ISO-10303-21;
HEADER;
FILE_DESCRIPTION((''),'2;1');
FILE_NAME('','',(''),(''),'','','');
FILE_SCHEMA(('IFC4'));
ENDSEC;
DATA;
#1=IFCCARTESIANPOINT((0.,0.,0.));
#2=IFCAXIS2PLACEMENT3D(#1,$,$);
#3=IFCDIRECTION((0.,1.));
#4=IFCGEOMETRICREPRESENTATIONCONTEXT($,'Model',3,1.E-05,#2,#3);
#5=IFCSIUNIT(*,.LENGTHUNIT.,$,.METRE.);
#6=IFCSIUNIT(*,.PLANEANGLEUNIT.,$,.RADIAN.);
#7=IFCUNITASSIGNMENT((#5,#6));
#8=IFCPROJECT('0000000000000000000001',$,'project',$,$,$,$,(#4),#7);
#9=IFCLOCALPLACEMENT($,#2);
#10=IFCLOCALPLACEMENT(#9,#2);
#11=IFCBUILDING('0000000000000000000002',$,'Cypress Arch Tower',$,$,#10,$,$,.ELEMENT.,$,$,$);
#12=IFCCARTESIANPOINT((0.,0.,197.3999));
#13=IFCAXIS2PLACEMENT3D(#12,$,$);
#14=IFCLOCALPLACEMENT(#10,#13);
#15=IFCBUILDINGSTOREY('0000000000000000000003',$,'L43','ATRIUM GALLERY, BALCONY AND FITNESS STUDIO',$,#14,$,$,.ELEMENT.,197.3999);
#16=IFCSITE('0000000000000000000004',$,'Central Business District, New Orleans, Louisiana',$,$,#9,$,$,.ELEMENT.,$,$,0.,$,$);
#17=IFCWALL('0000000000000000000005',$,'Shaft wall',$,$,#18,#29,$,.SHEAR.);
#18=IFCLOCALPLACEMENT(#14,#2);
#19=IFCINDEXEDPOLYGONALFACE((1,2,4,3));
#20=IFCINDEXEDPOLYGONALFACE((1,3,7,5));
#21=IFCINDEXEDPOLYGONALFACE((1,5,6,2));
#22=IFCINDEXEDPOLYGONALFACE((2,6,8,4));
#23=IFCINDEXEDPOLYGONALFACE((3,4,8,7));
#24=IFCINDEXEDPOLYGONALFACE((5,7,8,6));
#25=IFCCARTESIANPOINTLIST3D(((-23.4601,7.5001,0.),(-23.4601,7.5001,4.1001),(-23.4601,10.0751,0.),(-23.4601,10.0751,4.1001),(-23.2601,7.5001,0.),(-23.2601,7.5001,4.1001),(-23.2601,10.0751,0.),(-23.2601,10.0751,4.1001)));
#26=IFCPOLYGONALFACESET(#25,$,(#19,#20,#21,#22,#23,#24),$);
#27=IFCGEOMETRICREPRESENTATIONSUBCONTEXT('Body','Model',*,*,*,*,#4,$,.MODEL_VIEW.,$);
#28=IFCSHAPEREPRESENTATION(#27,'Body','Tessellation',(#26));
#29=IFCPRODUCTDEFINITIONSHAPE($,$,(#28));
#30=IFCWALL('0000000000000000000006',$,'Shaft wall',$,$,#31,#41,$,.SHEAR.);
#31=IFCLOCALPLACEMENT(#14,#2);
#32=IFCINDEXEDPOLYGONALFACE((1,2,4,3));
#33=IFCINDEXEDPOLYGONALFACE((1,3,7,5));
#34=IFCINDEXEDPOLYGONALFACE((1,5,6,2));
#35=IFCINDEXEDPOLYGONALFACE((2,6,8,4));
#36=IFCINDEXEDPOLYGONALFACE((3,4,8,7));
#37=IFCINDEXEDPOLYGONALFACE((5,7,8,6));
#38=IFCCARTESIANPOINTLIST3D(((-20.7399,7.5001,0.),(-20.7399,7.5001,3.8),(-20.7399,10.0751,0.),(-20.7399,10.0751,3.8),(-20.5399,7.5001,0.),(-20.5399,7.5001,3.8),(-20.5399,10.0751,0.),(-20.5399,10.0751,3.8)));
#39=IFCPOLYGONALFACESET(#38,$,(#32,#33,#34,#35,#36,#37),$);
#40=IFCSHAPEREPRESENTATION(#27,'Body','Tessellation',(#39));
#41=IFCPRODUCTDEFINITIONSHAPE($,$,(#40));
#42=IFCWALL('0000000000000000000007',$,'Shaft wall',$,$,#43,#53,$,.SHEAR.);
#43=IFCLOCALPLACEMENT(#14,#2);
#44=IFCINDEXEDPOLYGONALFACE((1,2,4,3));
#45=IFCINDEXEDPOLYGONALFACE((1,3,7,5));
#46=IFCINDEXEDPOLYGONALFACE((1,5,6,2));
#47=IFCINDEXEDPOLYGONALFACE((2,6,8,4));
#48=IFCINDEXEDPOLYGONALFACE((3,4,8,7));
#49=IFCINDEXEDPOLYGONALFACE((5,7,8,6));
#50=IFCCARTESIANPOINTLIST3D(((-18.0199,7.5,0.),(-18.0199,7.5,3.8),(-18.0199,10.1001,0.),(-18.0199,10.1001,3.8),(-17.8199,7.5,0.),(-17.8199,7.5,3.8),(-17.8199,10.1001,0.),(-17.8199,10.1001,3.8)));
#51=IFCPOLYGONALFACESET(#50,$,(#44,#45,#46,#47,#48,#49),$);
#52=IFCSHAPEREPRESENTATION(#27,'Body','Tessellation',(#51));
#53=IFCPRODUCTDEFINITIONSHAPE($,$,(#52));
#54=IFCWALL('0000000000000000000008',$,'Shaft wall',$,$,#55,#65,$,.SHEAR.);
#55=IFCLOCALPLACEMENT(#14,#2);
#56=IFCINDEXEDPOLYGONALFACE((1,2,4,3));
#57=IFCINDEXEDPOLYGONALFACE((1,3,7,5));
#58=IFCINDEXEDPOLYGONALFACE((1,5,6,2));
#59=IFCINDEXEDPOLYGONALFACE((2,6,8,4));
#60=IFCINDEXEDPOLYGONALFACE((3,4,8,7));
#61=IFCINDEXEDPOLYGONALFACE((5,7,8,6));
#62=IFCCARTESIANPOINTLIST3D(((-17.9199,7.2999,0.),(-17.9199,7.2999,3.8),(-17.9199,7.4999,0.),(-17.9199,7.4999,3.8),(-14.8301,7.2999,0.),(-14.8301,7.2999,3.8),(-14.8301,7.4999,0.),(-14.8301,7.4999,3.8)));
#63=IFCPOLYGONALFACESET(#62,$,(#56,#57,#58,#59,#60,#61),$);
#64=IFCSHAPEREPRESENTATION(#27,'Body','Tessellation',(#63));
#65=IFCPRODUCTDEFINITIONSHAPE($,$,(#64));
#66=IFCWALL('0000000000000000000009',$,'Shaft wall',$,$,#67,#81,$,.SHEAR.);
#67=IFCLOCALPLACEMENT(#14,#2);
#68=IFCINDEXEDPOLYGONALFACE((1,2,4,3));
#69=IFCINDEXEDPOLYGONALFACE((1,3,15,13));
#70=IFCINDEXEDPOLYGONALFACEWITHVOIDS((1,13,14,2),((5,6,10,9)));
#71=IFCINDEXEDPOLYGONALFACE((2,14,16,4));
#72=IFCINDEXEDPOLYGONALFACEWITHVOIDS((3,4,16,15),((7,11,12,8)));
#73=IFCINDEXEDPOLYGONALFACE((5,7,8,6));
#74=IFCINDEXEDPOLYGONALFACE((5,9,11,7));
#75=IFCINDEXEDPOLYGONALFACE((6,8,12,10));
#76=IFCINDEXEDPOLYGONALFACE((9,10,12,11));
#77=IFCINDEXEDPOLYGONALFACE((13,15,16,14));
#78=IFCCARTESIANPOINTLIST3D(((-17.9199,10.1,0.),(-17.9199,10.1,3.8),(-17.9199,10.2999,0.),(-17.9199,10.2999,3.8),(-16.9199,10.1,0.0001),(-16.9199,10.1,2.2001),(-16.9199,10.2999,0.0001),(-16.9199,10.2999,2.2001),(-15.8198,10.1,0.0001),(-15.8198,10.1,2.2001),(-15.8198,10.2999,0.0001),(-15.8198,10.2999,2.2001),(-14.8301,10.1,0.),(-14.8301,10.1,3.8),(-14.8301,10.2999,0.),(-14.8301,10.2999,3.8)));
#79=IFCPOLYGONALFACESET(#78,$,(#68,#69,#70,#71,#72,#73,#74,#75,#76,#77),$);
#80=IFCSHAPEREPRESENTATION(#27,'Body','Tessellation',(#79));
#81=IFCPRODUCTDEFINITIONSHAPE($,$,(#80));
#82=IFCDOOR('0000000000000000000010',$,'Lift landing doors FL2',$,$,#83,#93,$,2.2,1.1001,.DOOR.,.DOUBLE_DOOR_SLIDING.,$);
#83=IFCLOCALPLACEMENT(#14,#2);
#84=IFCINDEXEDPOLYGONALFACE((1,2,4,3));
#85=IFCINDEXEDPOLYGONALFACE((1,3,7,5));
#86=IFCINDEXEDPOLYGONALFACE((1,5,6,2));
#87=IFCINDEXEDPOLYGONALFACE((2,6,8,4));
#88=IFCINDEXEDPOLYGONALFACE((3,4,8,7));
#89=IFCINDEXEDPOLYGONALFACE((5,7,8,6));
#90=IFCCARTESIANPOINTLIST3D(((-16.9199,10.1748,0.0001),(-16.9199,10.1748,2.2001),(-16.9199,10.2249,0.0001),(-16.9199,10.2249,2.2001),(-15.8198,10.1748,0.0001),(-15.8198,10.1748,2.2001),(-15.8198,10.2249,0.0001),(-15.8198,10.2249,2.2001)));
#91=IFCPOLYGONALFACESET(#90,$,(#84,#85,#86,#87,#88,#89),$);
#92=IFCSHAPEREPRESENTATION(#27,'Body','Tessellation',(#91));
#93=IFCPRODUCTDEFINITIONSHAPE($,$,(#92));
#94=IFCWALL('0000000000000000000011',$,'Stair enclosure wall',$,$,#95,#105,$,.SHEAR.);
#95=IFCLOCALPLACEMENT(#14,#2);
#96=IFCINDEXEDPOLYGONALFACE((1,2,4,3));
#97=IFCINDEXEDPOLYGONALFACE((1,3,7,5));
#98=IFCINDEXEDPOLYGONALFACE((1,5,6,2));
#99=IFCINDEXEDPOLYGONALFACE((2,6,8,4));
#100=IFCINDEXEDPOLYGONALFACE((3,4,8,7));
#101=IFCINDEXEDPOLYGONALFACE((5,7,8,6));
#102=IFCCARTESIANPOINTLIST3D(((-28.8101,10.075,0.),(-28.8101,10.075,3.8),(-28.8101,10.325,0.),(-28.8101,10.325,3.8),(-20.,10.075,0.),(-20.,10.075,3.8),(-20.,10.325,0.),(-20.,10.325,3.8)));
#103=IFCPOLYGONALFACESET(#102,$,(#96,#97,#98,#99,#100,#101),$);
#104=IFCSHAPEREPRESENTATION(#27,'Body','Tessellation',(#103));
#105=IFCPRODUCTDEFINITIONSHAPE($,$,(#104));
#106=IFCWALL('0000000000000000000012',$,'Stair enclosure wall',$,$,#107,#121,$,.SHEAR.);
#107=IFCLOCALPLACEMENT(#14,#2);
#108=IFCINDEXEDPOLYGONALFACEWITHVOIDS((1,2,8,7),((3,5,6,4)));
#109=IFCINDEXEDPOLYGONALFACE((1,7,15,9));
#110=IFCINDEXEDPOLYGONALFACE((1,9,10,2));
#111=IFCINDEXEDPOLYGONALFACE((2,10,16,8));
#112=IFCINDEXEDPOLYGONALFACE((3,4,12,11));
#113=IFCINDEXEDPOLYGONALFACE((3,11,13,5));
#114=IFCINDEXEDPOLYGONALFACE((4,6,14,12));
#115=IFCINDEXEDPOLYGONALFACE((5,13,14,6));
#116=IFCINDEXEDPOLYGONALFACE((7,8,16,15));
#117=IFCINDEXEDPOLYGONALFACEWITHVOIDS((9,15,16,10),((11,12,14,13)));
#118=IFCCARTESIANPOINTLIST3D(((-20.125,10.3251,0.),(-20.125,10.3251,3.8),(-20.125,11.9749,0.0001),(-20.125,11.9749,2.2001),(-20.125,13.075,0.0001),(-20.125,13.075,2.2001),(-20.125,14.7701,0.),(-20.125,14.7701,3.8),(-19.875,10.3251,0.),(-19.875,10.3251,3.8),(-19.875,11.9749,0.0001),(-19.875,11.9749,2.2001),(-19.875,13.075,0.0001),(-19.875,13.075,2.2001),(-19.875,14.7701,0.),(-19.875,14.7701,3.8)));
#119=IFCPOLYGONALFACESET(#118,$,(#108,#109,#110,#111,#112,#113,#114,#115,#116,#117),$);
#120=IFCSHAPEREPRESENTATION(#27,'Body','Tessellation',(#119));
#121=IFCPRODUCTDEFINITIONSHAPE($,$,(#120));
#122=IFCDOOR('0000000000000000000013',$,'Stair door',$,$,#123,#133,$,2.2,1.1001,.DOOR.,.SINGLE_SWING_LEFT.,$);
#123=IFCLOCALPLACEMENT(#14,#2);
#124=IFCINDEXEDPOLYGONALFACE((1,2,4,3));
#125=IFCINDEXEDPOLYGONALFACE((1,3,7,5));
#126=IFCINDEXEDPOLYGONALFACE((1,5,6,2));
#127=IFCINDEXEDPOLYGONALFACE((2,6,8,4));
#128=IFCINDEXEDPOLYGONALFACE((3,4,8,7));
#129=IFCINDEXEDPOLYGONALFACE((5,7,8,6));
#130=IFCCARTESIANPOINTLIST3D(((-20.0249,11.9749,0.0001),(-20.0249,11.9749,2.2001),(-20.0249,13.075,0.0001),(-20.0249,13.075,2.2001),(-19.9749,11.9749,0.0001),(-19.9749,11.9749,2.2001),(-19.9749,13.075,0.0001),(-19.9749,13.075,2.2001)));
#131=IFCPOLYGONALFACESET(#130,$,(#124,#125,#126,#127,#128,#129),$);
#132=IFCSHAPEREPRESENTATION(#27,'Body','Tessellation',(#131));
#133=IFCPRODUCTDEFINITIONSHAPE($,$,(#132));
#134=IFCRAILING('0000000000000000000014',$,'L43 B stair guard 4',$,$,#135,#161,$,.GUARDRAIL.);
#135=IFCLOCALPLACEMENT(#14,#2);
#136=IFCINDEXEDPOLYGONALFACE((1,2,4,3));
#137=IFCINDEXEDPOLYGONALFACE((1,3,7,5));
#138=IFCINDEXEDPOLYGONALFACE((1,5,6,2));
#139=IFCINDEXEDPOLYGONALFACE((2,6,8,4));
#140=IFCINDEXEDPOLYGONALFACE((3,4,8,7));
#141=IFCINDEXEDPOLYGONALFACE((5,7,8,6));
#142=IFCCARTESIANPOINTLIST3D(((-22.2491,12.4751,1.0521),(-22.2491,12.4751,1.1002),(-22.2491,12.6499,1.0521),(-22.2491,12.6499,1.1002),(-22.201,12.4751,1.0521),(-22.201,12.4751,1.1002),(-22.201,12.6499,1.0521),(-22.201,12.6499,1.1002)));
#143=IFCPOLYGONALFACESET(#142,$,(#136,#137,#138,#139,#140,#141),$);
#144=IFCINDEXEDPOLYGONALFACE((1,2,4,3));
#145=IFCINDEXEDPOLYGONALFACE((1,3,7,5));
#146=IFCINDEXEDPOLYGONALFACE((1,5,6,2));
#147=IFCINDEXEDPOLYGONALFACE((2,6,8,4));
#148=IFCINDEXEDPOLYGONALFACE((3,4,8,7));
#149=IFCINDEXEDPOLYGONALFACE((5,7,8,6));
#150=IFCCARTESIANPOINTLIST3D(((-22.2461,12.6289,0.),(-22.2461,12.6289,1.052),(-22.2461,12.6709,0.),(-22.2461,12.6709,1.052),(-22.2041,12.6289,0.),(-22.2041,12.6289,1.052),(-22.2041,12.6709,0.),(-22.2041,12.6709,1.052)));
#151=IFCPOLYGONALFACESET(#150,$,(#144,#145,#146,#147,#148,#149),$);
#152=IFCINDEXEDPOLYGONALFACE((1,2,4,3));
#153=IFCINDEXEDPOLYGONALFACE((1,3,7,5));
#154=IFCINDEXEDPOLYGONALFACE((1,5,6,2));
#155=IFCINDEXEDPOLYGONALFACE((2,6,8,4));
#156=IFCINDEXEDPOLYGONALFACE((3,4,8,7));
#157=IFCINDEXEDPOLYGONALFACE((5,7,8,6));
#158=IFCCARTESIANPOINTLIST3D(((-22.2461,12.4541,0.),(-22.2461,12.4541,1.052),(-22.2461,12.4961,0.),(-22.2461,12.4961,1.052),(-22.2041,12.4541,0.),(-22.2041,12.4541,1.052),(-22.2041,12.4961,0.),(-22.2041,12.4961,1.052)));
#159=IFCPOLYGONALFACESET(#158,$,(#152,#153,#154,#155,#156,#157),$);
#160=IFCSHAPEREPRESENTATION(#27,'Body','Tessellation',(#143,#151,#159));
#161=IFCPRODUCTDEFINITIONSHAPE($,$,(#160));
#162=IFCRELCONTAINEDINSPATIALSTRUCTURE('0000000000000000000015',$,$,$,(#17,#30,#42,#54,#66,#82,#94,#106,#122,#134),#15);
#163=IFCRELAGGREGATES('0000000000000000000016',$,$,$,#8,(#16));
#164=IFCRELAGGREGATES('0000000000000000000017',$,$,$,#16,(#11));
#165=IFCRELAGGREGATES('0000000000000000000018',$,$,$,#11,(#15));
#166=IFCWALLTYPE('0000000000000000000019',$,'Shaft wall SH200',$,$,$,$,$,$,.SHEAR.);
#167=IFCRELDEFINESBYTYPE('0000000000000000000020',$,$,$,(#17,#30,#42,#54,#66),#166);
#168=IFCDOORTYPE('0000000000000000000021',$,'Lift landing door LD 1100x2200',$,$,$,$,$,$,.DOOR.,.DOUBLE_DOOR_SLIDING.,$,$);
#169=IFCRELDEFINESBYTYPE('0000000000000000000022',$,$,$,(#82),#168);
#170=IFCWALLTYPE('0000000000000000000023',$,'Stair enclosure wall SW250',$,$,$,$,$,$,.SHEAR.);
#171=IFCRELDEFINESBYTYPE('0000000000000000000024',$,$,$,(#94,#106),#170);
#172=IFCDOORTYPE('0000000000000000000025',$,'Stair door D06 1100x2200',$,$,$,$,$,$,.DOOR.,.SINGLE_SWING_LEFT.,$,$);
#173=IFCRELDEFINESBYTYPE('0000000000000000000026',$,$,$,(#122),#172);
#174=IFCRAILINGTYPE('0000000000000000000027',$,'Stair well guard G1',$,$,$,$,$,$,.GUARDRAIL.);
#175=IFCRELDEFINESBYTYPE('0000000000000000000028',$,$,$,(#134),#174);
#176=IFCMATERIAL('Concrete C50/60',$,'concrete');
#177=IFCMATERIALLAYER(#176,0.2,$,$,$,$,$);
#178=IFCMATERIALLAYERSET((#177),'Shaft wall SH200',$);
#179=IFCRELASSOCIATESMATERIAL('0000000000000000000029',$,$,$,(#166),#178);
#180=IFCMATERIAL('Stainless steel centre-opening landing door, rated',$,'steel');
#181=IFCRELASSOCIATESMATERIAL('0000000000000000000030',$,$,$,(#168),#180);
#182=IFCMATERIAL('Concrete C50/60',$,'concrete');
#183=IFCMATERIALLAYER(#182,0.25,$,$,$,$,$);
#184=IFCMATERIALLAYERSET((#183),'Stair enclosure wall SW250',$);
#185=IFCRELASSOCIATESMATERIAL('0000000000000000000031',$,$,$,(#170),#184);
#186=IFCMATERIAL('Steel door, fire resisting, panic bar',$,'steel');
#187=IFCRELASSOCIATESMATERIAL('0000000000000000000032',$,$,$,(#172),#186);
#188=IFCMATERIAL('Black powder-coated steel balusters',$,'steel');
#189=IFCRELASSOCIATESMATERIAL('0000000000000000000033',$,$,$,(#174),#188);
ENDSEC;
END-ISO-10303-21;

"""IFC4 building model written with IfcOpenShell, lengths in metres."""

from ifc_helpers import new_model, si_unit, direction, frame, frame_2d, origin, origin_2d, place, context, subcontext, project, spatial, rectangle, extrude, material, layer, layer_set, type_object, element, fill, save


model = new_model("IFC4")

# Units and contexts
model_context = context("Model", 3, precision=1e-05, world=origin(), true_north=direction((0.0, 1.0)))
body_context = subcontext(model_context, "Body", "Model", "MODEL_VIEW")
ifc_project = project(units=[si_unit("LENGTHUNIT", "METRE"), si_unit("PLANEANGLEUNIT", "RADIAN")], contexts=[model_context])

# Site, building, storey
site_placement = place(None, origin())
site = spatial("IfcSite", under=ifc_project, at=site_placement, Name="Central Business District, New Orleans, Louisiana", CompositionType="ELEMENT", RefElevation=0.0)
building_placement = place(site_placement, origin())
building = spatial("IfcBuilding", under=site, at=building_placement, Name="Cypress Arch Tower", CompositionType="ELEMENT")
storey_placement = place(building_placement, frame((0.0, 0.0, 197.3999)))
storey = spatial("IfcBuildingStorey", under=building, at=storey_placement, Name="L43", Description="ATRIUM GALLERY, BALCONY AND FITNESS STUDIO", CompositionType="ELEMENT", Elevation=197.3999)

# Shared definitions
ifc_material_1 = material(Name="Concrete C50/60", Category="concrete")
ifc_layer_1 = layer(ifc_material_1, 0.2)
ifc_layer_set_1 = layer_set([ifc_layer_1], Name="Shaft wall SH200")
wall_type_1 = type_object("IfcWallType", Name="Shaft wall SH200", PredefinedType="SHEAR", material=ifc_layer_set_1)
ifc_material_2 = material(Name="Stainless steel centre-opening landing door, rated", Category="steel")
door_type_1 = type_object("IfcDoorType", Name="Lift landing door LD 1100x2200", OperationType="DOUBLE_DOOR_SLIDING", PredefinedType="DOOR", material=ifc_material_2)

# Walls
for number, where, z_axis, x_axis, name in (
    (1, (-23.3601, 7.5, 0.0), (0.0, 0.0, 1.0), (0.0, 1.0, 0.0), "Shaft wall"),
):
    element("IfcWall", number, at=place(storey_placement, frame(where, z_axis=z_axis, x_axis=x_axis)), inside=storey, type_object=wall_type_1, Name=name, PredefinedType="SHEAR", context=body_context, shape_type="SweptSolid", body=[
        extrude(rectangle(XDim=2.575, YDim=0.2, at=frame_2d((1.2876, 0.0))), origin(), (0.0, 0.0, 1.0), 4.1001),
    ])
wall_1_placement = place(storey_placement, frame((-20.6399, 7.5, 0.0), z_axis=(0.0, 0.0, 1.0), x_axis=(0.0, 1.0, 0.0)))
element("IfcWall", 2, at=wall_1_placement, inside=storey, type_object=wall_type_1, Name="Shaft wall", PredefinedType="SHEAR", context=body_context, shape_type="SweptSolid", body=[
    extrude(rectangle(XDim=2.575, YDim=0.2, at=frame_2d((1.2876, 0.0))), origin(), (0.0, 0.0, 1.0), 3.8),
])
wall_2_placement = place(storey_placement, frame((-17.9199, 7.5, 0.0), z_axis=(0.0, 0.0, 1.0), x_axis=(0.0, 1.0, 0.0)))
element("IfcWall", 3, at=wall_2_placement, inside=storey, type_object=wall_type_1, Name="Shaft wall", PredefinedType="SHEAR", context=body_context, shape_type="SweptSolid", body=[
    extrude(rectangle(XDim=2.6001, YDim=0.2, at=frame_2d((1.3, 0.0))), origin(), (0.0, 0.0, 1.0), 3.8),
])
wall_3_placement = place(storey_placement, frame((-17.9199, 7.3999, 0.0), z_axis=(0.0, 0.0, 1.0), x_axis=(1.0, 0.0, 0.0)))
element("IfcWall", 4, at=wall_3_placement, inside=storey, type_object=wall_type_1, Name="Shaft wall", PredefinedType="SHEAR", context=body_context, shape_type="SweptSolid", body=[
    extrude(rectangle(XDim=3.0898, YDim=0.2, at=frame_2d((1.5449, 0.0))), origin(), (0.0, 0.0, 1.0), 3.8),
])

# Wall, opening, door
wall_4_placement = place(storey_placement, frame((-17.9199, 10.2, 0.0), z_axis=(0.0, 0.0, 1.0), x_axis=(1.0, 0.0, 0.0)))
wall_4 = element("IfcWall", 5, at=wall_4_placement, inside=storey, type_object=wall_type_1, Name="Shaft wall", PredefinedType="SHEAR", context=body_context, shape_type="SweptSolid", body=[
    extrude(rectangle(XDim=3.0898, YDim=0.2, at=frame_2d((1.5449, 0.0))), origin(), (0.0, 0.0, 1.0), 3.8),
])
opening_1_placement = place(wall_4_placement, frame((1.0, 0.0, 0.0)))
opening_1 = element("IfcOpeningElement", 6, at=opening_1_placement, cuts=wall_4, PredefinedType="OPENING", context=body_context, shape_type="SweptSolid", body=[
    extrude(rectangle(XDim=1.1001, YDim=2.2, at=frame_2d((0.55, 1.1001))), frame((0.0, 0.1099, 0.0), z_axis=(0.0, -1.0, 0.0), x_axis=(1.0, 0.0, 0.0)), (0.0, 0.0, 1.0), 0.22),
])
door_1_placement = place(opening_1_placement, origin())
door_1 = element("IfcDoor", 7, at=door_1_placement, inside=storey, type_object=door_type_1, Name="Lift landing doors FL2", OperationType="DOUBLE_DOOR_SLIDING", OverallHeight=2.2, OverallWidth=1.1001, PredefinedType="DOOR", context=body_context, shape_type="SweptSolid", body=[
    extrude(rectangle(XDim=1.1001, YDim=2.2, at=frame_2d((0.55, 1.1001))), frame((0.0, 0.0249, 0.0), z_axis=(0.0, -1.0, 0.0), x_axis=(1.0, 0.0, 0.0)), (0.0, 0.0, 1.0), 0.05),
])
fill(opening_1, door_1)

# Wall
ifc_material_3 = material(Name="Concrete C50/60", Category="concrete")
ifc_layer_2 = layer(ifc_material_3, 0.25)
ifc_layer_set_2 = layer_set([ifc_layer_2], Name="Stair enclosure wall SW250")
wall_type_2 = type_object("IfcWallType", Name="Stair enclosure wall SW250", PredefinedType="SHEAR", material=ifc_layer_set_2)
wall_5_placement = place(storey_placement, frame((-28.8101, 10.2, 0.0), z_axis=(0.0, 0.0, 1.0), x_axis=(1.0, 0.0, 0.0)))
element("IfcWall", 8, at=wall_5_placement, inside=storey, type_object=wall_type_2, Name="Stair enclosure wall", PredefinedType="SHEAR", context=body_context, shape_type="SweptSolid", body=[
    extrude(rectangle(XDim=8.8101, YDim=0.25, at=frame_2d((4.405, 0.0))), origin(), (0.0, 0.0, 1.0), 3.8),
])

# Wall, opening, door
wall_6_placement = place(storey_placement, frame((-20.0, 10.325, 0.0), z_axis=(0.0, 0.0, 1.0), x_axis=(0.0, 1.0, 0.0)))
wall_6 = element("IfcWall", 9, at=wall_6_placement, inside=storey, type_object=wall_type_2, Name="Stair enclosure wall", PredefinedType="SHEAR", context=body_context, shape_type="SweptSolid", body=[
    extrude(rectangle(XDim=4.4451, YDim=0.25, at=frame_2d((2.2227, 0.0))), origin(), (0.0, 0.0, 1.0), 3.8),
])
opening_2_placement = place(wall_6_placement, frame((1.6499, 0.0, 0.0)))
opening_2 = element("IfcOpeningElement", 10, at=opening_2_placement, cuts=wall_6, PredefinedType="OPENING", context=body_context, shape_type="SweptSolid", body=[
    extrude(rectangle(XDim=1.1001, YDim=2.2, at=frame_2d((0.55, 1.1001))), frame((0.0, 0.135, 0.0), z_axis=(0.0, -1.0, 0.0), x_axis=(1.0, 0.0, 0.0)), (0.0, 0.0, 1.0), 0.27),
])
ifc_material_4 = material(Name="Steel door, fire resisting, panic bar", Category="steel")
door_type_2 = type_object("IfcDoorType", Name="Stair door D06 1100x2200", OperationType="SINGLE_SWING_LEFT", PredefinedType="DOOR", material=ifc_material_4)
door_2_placement = place(opening_2_placement, origin())
door_2 = element("IfcDoor", 11, at=door_2_placement, inside=storey, type_object=door_type_2, Name="Stair door", OperationType="SINGLE_SWING_LEFT", OverallHeight=2.2, OverallWidth=1.1001, PredefinedType="DOOR", context=body_context, shape_type="SweptSolid", body=[
    extrude(rectangle(XDim=1.1001, YDim=2.2, at=frame_2d((0.55, 1.1001))), frame((0.0, 0.0249, 0.0), z_axis=(0.0, -1.0, 0.0), x_axis=(1.0, 0.0, 0.0)), (0.0, 0.0, 1.0), 0.05),
])
fill(opening_2, door_2)

# Railing
ifc_material_5 = material(Name="Black powder-coated steel balusters", Category="steel")
railing_type = type_object("IfcRailingType", Name="Stair well guard G1", PredefinedType="GUARDRAIL", material=ifc_material_5)
railing_placement = place(storey_placement, frame((-22.2251, 12.6499, 0.0)))
element("IfcRailing", 12, at=railing_placement, inside=storey, type_object=railing_type, Name="L43 B stair guard 4", PredefinedType="GUARDRAIL", context=body_context, shape_type="SweptSolid", body=[
    extrude(rectangle(XDim=0.0481, YDim=0.0481, at=origin_2d()), frame((0.0, 0.0, 1.0762), z_axis=(0.0, -1.0, 0.0), x_axis=(1.0, 0.0, 0.0)), (0.0, 0.0, 1.0), 0.1748),
    extrude(rectangle(XDim=0.042, YDim=0.042, at=origin_2d()), origin(), (0.0, 0.0, 1.0), 1.052),
    extrude(rectangle(XDim=0.042, YDim=0.042, at=origin_2d()), frame((0.0, -0.1748, 0.0)), (0.0, 0.0, 1.0), 1.052),
])

save(model, "model.ifc")
